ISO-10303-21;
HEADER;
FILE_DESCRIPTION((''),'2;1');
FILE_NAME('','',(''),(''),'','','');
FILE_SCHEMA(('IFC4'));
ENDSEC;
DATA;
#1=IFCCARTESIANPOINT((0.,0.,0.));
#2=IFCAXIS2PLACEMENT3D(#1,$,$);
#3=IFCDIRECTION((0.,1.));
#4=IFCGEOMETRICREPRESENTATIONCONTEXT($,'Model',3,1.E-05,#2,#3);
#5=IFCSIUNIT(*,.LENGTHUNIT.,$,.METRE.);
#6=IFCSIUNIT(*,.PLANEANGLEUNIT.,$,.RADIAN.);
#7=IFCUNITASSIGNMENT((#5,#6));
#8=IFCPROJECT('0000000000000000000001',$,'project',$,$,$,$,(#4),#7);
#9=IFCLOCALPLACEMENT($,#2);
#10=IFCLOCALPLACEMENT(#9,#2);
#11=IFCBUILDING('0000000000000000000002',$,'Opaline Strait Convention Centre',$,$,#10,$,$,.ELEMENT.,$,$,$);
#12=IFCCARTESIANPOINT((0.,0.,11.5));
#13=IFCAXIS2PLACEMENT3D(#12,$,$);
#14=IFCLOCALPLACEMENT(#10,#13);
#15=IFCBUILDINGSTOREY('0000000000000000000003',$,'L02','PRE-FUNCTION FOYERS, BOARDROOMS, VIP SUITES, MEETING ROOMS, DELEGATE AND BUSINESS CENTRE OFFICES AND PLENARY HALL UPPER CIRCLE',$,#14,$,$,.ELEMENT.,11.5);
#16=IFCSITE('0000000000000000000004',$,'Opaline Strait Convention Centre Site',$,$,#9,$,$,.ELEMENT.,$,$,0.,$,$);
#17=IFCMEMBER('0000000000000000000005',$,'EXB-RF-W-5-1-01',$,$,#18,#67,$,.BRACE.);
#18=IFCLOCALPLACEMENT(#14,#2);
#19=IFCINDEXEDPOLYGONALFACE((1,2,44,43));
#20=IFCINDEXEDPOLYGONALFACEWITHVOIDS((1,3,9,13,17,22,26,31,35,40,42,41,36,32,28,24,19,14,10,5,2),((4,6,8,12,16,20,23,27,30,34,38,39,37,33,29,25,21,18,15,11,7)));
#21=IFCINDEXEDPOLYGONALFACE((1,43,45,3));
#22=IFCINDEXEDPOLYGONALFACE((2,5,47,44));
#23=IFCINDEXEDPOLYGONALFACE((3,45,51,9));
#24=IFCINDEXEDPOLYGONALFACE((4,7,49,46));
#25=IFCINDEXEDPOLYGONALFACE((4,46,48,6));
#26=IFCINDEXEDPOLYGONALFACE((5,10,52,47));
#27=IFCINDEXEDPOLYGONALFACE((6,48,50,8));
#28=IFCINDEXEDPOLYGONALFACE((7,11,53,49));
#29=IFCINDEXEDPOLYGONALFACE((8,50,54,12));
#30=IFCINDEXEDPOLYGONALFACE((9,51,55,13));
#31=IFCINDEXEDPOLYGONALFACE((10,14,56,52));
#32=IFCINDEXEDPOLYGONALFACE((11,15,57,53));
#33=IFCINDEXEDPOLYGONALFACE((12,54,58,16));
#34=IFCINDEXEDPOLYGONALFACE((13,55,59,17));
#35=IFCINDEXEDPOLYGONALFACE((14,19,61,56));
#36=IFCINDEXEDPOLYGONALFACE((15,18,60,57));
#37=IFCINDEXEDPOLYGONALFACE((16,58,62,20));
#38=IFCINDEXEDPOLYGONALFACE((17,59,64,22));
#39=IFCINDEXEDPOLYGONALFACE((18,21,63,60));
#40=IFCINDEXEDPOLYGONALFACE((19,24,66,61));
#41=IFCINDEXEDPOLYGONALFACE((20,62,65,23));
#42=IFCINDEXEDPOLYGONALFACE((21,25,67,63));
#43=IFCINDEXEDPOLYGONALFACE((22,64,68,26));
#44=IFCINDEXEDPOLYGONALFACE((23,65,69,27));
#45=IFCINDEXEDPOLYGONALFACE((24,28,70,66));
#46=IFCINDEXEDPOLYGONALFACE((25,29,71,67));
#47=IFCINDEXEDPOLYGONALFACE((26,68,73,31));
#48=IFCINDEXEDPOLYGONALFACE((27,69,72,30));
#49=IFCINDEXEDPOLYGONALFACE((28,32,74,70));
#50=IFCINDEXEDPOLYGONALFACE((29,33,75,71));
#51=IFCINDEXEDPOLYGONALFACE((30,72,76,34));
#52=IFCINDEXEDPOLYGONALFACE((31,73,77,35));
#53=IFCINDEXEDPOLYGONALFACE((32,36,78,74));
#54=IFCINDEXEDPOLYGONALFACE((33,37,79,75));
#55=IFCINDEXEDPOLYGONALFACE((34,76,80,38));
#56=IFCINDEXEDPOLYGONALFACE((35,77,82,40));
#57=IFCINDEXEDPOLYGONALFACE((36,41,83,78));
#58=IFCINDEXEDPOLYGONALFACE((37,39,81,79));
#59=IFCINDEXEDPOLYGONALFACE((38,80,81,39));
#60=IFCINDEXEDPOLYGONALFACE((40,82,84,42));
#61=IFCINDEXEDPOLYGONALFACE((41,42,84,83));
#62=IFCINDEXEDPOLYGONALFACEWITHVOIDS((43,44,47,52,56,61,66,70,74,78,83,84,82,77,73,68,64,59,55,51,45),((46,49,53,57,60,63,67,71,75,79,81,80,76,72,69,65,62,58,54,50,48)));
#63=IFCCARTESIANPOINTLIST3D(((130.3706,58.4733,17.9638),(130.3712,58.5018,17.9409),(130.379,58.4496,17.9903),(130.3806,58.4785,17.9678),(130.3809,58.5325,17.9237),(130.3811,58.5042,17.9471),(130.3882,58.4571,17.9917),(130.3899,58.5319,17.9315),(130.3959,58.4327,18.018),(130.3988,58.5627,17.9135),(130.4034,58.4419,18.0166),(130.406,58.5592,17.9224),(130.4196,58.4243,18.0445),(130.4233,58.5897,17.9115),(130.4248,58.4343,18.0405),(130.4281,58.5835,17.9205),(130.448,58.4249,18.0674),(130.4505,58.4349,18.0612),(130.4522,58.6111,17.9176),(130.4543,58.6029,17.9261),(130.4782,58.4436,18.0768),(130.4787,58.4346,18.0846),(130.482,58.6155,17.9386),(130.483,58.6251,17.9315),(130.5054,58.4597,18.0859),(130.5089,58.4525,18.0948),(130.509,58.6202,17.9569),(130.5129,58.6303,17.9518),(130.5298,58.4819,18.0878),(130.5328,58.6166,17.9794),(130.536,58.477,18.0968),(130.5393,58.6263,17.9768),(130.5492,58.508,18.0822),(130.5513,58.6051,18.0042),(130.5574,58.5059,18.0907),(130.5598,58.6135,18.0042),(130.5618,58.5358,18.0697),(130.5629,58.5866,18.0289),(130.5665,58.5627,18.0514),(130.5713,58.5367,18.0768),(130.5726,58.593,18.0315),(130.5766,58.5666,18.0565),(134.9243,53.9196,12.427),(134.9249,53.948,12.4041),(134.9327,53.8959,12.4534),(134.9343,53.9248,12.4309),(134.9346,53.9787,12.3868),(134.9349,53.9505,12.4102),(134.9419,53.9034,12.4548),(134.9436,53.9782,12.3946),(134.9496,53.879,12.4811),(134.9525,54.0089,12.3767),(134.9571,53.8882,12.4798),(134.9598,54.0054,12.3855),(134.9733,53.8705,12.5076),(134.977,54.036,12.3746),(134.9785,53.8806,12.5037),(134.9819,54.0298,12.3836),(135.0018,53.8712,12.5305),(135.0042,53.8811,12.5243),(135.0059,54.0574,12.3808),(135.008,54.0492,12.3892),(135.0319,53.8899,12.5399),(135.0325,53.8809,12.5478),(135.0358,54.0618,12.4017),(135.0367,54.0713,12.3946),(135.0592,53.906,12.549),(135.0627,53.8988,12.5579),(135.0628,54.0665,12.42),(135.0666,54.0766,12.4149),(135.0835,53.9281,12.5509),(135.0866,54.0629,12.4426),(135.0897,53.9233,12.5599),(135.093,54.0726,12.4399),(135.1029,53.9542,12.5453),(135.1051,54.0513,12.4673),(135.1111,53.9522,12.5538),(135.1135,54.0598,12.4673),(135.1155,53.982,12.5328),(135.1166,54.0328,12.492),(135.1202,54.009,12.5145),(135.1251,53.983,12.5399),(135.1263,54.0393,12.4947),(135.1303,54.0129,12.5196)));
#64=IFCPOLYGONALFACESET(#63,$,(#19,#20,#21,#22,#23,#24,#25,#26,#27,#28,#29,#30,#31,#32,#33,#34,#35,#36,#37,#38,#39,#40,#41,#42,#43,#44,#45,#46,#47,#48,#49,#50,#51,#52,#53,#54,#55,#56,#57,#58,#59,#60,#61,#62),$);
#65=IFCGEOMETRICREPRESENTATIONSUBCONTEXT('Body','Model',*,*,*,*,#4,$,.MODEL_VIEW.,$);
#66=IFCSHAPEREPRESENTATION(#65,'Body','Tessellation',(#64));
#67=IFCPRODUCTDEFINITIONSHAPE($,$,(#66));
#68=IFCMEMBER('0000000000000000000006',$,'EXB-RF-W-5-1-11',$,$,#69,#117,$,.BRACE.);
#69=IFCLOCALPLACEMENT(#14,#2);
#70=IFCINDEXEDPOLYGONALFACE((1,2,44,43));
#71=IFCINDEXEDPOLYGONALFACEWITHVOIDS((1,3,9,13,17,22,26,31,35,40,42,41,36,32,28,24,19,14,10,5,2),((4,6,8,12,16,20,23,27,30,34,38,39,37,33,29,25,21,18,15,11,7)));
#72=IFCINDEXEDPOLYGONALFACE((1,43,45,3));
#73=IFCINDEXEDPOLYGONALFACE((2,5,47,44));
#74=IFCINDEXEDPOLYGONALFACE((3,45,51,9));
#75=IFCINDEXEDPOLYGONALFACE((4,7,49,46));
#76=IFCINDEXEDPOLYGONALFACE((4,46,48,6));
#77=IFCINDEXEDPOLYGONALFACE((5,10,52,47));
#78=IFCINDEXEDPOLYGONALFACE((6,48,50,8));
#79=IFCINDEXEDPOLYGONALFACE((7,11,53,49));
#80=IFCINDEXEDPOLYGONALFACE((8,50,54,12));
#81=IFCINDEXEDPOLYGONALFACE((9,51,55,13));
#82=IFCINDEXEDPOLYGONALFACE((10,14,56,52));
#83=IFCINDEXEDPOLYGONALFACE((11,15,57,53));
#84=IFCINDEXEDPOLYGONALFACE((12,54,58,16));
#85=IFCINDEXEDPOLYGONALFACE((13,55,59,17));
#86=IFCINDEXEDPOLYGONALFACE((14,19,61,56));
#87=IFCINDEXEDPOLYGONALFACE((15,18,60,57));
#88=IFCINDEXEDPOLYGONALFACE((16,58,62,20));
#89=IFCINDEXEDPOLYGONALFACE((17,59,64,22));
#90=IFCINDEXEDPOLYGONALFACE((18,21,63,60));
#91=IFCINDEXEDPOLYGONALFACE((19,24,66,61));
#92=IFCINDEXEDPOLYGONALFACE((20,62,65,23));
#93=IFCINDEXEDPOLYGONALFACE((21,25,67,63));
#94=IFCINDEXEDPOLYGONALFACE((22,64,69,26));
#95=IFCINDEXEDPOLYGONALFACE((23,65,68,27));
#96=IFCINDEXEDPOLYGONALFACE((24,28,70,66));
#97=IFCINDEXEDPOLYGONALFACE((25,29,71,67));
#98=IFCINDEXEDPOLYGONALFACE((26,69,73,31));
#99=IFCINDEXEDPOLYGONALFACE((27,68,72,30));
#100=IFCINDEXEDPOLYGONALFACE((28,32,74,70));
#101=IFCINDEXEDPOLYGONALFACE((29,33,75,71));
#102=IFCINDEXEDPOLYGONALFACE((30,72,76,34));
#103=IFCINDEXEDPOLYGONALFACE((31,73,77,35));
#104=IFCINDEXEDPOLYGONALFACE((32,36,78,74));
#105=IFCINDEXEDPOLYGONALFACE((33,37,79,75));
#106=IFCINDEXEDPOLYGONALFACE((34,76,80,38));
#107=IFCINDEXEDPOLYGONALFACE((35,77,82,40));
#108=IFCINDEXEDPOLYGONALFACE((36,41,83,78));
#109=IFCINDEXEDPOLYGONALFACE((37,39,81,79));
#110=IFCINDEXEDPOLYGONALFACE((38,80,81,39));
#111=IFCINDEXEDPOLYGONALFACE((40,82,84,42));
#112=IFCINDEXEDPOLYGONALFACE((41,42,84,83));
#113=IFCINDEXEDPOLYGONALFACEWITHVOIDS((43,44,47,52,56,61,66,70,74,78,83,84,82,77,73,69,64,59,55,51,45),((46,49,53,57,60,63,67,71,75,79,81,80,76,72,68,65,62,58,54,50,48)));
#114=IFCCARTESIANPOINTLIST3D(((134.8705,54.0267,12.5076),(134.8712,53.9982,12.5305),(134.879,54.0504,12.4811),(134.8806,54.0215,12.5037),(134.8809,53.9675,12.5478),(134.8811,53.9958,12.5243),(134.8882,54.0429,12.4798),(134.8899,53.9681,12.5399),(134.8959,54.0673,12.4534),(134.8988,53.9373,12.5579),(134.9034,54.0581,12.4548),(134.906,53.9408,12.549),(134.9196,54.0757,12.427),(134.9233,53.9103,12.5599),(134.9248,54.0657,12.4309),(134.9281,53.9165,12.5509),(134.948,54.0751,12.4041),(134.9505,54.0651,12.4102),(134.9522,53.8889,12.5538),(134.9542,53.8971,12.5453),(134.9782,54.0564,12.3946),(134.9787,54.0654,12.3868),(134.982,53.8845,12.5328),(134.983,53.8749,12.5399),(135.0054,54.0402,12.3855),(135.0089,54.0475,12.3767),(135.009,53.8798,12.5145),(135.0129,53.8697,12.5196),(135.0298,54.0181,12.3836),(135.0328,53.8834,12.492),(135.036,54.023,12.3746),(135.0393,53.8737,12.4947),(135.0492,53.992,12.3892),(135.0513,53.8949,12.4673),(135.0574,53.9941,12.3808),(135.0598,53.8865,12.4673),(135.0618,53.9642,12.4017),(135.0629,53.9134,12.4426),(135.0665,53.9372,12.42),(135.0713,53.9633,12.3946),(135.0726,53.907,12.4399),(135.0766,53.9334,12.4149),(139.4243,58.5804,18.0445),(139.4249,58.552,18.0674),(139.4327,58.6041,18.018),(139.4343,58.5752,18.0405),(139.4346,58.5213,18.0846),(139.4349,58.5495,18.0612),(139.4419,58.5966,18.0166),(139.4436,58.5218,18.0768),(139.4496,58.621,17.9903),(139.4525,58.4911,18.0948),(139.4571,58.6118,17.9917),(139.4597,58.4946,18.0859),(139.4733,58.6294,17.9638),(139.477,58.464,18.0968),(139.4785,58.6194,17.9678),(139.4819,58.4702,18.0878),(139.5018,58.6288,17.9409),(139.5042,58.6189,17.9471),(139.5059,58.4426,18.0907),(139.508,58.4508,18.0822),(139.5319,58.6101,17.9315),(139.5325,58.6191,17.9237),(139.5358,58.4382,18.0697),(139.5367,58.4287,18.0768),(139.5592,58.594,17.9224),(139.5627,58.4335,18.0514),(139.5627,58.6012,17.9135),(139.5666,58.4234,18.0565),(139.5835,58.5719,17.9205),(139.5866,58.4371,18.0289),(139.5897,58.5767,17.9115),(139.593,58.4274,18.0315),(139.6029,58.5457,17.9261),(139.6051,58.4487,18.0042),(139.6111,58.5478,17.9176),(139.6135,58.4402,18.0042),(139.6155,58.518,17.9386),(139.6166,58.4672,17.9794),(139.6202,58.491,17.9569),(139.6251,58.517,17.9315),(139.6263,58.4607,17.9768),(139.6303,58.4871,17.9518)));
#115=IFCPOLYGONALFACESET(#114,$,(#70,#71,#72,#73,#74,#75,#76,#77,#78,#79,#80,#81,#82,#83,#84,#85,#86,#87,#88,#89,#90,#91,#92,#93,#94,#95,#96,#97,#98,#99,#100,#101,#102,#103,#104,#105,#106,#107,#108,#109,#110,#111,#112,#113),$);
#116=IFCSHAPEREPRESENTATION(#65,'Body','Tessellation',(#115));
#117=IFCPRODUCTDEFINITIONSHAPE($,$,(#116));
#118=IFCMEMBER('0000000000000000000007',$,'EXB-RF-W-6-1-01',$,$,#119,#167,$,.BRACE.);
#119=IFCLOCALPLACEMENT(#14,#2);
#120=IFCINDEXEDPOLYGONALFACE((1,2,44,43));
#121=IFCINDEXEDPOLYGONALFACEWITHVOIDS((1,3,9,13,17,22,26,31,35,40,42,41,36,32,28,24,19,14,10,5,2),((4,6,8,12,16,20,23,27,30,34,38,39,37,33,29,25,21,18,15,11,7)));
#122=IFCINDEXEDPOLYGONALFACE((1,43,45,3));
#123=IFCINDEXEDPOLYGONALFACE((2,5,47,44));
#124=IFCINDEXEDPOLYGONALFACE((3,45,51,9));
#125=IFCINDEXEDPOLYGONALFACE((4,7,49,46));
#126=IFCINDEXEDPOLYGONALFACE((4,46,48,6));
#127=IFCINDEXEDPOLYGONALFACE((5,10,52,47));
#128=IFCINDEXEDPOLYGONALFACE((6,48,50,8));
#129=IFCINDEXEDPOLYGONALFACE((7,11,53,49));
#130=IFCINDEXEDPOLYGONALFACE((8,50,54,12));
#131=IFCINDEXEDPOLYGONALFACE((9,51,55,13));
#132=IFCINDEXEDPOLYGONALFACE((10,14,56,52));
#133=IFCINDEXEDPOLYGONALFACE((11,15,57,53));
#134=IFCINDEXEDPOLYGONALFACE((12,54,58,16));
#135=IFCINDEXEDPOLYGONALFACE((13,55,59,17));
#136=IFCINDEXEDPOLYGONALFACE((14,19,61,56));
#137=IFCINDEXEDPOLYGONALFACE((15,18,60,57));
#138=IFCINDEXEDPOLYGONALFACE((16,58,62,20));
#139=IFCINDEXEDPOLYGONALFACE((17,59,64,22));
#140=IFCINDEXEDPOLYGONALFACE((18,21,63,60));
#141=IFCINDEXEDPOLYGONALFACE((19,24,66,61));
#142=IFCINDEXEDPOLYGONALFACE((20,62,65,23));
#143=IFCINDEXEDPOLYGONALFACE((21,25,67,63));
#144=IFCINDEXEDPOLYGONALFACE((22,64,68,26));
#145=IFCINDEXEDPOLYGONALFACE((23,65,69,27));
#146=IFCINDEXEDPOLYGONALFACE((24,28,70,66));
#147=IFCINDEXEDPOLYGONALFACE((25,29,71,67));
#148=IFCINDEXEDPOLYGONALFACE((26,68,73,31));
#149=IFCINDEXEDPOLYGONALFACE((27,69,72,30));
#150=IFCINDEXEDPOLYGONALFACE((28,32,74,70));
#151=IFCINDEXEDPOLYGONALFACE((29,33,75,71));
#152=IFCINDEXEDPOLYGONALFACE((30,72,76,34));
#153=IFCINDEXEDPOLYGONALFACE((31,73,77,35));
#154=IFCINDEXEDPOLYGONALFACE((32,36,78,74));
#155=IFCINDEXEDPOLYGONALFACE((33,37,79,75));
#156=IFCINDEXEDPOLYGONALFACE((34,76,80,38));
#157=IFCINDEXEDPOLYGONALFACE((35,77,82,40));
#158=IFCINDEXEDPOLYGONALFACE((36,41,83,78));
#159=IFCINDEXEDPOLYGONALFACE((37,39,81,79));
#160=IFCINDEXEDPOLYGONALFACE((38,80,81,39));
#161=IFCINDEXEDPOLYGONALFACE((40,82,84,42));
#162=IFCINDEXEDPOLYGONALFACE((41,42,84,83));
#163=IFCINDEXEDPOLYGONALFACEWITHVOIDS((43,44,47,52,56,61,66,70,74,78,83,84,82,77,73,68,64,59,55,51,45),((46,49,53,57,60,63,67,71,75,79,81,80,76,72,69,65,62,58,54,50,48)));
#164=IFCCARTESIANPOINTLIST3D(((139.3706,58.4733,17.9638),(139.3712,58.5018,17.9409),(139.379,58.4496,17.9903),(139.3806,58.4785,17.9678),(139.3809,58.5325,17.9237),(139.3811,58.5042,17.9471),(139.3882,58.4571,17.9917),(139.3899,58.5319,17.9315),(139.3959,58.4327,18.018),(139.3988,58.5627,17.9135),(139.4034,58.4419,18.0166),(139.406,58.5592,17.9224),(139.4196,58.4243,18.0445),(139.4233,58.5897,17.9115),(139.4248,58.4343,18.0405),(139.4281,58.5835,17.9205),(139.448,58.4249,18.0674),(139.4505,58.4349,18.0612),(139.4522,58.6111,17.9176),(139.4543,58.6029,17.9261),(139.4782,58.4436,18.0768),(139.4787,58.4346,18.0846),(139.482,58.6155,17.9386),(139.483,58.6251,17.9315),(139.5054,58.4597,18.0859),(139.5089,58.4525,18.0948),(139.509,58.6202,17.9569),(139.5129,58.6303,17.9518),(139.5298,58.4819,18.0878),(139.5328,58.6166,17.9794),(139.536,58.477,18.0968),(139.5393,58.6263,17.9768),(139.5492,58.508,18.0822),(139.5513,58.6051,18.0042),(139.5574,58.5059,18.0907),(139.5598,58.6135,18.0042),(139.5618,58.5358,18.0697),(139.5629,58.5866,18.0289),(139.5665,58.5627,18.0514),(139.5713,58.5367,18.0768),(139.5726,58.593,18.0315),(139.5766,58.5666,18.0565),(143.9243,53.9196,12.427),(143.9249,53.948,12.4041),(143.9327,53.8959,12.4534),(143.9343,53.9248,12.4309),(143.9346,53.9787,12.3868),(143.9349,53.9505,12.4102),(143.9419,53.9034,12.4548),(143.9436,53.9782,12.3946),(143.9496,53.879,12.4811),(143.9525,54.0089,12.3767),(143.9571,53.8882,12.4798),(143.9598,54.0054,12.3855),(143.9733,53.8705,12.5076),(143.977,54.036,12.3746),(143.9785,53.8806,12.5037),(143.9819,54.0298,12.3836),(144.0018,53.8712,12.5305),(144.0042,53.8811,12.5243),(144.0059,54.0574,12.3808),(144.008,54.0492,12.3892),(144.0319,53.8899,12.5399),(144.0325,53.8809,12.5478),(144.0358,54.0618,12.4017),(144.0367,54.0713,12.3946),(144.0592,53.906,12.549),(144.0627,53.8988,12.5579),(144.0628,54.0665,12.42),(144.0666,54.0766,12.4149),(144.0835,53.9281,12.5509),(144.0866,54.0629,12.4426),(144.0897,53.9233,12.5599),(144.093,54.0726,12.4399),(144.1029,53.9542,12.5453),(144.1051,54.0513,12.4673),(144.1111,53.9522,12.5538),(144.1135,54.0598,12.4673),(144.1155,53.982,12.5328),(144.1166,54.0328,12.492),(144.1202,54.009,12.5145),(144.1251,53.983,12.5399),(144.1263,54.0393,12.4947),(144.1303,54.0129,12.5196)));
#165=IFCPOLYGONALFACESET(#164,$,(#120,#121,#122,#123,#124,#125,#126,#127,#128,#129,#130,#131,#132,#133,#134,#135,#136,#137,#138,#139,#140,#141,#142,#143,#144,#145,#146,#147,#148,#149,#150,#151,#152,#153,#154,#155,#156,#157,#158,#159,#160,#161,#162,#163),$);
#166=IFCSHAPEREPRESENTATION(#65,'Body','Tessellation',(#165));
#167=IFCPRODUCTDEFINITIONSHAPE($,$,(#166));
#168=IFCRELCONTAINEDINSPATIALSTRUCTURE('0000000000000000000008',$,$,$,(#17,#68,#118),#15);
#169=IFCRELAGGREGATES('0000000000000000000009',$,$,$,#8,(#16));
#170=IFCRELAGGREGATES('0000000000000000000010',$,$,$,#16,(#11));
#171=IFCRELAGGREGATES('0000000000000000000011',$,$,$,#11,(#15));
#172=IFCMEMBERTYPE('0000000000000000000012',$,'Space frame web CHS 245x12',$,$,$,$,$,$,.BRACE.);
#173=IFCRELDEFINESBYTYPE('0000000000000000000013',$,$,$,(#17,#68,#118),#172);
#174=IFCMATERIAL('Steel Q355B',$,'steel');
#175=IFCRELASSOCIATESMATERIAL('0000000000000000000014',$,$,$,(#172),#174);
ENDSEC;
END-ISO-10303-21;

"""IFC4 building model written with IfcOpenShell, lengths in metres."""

from ifc_helpers import new_model, si_unit, direction, frame, origin, origin_2d, place, context, subcontext, project, spatial, hollow_circle, extrude, material, material_profile, profile_set, type_object, element, save


model = new_model("IFC4")

# Units and contexts
model_context = context("Model", 3, precision=1e-05, world=origin(), true_north=direction((0.0, 1.0)))
body_context = subcontext(model_context, "Body", "Model", "MODEL_VIEW")
ifc_project = project(units=[si_unit("LENGTHUNIT", "METRE"), si_unit("PLANEANGLEUNIT", "RADIAN")], contexts=[model_context])

# Site, building, storey
site_placement = place(None, origin())
site = spatial("IfcSite", under=ifc_project, at=site_placement, Name="Opaline Strait Convention Centre Site", CompositionType="ELEMENT", RefElevation=0.0)
building_placement = place(site_placement, origin())
building = spatial("IfcBuilding", under=site, at=building_placement, Name="Opaline Strait Convention Centre", CompositionType="ELEMENT")
storey_placement = place(building_placement, frame((0.0, 0.0, 11.5)))
storey = spatial("IfcBuildingStorey", under=building, at=storey_placement, Name="L02", Description="PRE-FUNCTION FOYERS, BOARDROOMS, VIP SUITES, MEETING ROOMS, DELEGATE AND BUSINESS CENTRE OFFICES AND PLENARY HALL UPPER CIRCLE", CompositionType="ELEMENT", Elevation=11.5)

# Members
ifc_material_1 = material(Name="Steel Q355B", Category="steel")
ifc_material_profile_1 = material_profile(ifc_material_1, hollow_circle(Radius=0.1226, WallThickness=0.012, at=origin_2d()), Name="CHS 245x12")
ifc_profile_set_1 = profile_set([ifc_material_profile_1], Name="Steel Q355B")
member_type_1 = type_object("IfcMemberType", Name="Space frame web CHS 245x12", PredefinedType="BRACE", material=ifc_profile_set_1)
for number, where, z_axis, x_axis, name in (
    (1, (130.4731, 58.5269, 18.0042), (0.536178, -0.536178, -0.65194), (0.707107, 0.707107, 0.0), "EXB-RF-W-5-1-01"),
    (2, (139.5269, 58.5269, 18.0042), (-0.536178, -0.536178, -0.65194), (0.707107, -0.707107, 0.0), "EXB-RF-W-5-1-11"),
    (3, (139.4731, 58.5269, 18.0042), (0.536178, -0.536178, -0.65194), (0.707107, 0.707107, 0.0), "EXB-RF-W-6-1-01"),
):
    element("IfcMember", number, at=place(storey_placement, frame(where, z_axis=z_axis, x_axis=x_axis)), inside=storey, type_object=member_type_1, Name=name, PredefinedType="BRACE", context=body_context, shape_type="SweptSolid", body=[
        extrude(hollow_circle(Radius=0.1226, WallThickness=0.012, at=origin_2d()), origin(), (0.0, 0.0, 1.0), 8.4929),
    ])

save(model, "model.ifc")
